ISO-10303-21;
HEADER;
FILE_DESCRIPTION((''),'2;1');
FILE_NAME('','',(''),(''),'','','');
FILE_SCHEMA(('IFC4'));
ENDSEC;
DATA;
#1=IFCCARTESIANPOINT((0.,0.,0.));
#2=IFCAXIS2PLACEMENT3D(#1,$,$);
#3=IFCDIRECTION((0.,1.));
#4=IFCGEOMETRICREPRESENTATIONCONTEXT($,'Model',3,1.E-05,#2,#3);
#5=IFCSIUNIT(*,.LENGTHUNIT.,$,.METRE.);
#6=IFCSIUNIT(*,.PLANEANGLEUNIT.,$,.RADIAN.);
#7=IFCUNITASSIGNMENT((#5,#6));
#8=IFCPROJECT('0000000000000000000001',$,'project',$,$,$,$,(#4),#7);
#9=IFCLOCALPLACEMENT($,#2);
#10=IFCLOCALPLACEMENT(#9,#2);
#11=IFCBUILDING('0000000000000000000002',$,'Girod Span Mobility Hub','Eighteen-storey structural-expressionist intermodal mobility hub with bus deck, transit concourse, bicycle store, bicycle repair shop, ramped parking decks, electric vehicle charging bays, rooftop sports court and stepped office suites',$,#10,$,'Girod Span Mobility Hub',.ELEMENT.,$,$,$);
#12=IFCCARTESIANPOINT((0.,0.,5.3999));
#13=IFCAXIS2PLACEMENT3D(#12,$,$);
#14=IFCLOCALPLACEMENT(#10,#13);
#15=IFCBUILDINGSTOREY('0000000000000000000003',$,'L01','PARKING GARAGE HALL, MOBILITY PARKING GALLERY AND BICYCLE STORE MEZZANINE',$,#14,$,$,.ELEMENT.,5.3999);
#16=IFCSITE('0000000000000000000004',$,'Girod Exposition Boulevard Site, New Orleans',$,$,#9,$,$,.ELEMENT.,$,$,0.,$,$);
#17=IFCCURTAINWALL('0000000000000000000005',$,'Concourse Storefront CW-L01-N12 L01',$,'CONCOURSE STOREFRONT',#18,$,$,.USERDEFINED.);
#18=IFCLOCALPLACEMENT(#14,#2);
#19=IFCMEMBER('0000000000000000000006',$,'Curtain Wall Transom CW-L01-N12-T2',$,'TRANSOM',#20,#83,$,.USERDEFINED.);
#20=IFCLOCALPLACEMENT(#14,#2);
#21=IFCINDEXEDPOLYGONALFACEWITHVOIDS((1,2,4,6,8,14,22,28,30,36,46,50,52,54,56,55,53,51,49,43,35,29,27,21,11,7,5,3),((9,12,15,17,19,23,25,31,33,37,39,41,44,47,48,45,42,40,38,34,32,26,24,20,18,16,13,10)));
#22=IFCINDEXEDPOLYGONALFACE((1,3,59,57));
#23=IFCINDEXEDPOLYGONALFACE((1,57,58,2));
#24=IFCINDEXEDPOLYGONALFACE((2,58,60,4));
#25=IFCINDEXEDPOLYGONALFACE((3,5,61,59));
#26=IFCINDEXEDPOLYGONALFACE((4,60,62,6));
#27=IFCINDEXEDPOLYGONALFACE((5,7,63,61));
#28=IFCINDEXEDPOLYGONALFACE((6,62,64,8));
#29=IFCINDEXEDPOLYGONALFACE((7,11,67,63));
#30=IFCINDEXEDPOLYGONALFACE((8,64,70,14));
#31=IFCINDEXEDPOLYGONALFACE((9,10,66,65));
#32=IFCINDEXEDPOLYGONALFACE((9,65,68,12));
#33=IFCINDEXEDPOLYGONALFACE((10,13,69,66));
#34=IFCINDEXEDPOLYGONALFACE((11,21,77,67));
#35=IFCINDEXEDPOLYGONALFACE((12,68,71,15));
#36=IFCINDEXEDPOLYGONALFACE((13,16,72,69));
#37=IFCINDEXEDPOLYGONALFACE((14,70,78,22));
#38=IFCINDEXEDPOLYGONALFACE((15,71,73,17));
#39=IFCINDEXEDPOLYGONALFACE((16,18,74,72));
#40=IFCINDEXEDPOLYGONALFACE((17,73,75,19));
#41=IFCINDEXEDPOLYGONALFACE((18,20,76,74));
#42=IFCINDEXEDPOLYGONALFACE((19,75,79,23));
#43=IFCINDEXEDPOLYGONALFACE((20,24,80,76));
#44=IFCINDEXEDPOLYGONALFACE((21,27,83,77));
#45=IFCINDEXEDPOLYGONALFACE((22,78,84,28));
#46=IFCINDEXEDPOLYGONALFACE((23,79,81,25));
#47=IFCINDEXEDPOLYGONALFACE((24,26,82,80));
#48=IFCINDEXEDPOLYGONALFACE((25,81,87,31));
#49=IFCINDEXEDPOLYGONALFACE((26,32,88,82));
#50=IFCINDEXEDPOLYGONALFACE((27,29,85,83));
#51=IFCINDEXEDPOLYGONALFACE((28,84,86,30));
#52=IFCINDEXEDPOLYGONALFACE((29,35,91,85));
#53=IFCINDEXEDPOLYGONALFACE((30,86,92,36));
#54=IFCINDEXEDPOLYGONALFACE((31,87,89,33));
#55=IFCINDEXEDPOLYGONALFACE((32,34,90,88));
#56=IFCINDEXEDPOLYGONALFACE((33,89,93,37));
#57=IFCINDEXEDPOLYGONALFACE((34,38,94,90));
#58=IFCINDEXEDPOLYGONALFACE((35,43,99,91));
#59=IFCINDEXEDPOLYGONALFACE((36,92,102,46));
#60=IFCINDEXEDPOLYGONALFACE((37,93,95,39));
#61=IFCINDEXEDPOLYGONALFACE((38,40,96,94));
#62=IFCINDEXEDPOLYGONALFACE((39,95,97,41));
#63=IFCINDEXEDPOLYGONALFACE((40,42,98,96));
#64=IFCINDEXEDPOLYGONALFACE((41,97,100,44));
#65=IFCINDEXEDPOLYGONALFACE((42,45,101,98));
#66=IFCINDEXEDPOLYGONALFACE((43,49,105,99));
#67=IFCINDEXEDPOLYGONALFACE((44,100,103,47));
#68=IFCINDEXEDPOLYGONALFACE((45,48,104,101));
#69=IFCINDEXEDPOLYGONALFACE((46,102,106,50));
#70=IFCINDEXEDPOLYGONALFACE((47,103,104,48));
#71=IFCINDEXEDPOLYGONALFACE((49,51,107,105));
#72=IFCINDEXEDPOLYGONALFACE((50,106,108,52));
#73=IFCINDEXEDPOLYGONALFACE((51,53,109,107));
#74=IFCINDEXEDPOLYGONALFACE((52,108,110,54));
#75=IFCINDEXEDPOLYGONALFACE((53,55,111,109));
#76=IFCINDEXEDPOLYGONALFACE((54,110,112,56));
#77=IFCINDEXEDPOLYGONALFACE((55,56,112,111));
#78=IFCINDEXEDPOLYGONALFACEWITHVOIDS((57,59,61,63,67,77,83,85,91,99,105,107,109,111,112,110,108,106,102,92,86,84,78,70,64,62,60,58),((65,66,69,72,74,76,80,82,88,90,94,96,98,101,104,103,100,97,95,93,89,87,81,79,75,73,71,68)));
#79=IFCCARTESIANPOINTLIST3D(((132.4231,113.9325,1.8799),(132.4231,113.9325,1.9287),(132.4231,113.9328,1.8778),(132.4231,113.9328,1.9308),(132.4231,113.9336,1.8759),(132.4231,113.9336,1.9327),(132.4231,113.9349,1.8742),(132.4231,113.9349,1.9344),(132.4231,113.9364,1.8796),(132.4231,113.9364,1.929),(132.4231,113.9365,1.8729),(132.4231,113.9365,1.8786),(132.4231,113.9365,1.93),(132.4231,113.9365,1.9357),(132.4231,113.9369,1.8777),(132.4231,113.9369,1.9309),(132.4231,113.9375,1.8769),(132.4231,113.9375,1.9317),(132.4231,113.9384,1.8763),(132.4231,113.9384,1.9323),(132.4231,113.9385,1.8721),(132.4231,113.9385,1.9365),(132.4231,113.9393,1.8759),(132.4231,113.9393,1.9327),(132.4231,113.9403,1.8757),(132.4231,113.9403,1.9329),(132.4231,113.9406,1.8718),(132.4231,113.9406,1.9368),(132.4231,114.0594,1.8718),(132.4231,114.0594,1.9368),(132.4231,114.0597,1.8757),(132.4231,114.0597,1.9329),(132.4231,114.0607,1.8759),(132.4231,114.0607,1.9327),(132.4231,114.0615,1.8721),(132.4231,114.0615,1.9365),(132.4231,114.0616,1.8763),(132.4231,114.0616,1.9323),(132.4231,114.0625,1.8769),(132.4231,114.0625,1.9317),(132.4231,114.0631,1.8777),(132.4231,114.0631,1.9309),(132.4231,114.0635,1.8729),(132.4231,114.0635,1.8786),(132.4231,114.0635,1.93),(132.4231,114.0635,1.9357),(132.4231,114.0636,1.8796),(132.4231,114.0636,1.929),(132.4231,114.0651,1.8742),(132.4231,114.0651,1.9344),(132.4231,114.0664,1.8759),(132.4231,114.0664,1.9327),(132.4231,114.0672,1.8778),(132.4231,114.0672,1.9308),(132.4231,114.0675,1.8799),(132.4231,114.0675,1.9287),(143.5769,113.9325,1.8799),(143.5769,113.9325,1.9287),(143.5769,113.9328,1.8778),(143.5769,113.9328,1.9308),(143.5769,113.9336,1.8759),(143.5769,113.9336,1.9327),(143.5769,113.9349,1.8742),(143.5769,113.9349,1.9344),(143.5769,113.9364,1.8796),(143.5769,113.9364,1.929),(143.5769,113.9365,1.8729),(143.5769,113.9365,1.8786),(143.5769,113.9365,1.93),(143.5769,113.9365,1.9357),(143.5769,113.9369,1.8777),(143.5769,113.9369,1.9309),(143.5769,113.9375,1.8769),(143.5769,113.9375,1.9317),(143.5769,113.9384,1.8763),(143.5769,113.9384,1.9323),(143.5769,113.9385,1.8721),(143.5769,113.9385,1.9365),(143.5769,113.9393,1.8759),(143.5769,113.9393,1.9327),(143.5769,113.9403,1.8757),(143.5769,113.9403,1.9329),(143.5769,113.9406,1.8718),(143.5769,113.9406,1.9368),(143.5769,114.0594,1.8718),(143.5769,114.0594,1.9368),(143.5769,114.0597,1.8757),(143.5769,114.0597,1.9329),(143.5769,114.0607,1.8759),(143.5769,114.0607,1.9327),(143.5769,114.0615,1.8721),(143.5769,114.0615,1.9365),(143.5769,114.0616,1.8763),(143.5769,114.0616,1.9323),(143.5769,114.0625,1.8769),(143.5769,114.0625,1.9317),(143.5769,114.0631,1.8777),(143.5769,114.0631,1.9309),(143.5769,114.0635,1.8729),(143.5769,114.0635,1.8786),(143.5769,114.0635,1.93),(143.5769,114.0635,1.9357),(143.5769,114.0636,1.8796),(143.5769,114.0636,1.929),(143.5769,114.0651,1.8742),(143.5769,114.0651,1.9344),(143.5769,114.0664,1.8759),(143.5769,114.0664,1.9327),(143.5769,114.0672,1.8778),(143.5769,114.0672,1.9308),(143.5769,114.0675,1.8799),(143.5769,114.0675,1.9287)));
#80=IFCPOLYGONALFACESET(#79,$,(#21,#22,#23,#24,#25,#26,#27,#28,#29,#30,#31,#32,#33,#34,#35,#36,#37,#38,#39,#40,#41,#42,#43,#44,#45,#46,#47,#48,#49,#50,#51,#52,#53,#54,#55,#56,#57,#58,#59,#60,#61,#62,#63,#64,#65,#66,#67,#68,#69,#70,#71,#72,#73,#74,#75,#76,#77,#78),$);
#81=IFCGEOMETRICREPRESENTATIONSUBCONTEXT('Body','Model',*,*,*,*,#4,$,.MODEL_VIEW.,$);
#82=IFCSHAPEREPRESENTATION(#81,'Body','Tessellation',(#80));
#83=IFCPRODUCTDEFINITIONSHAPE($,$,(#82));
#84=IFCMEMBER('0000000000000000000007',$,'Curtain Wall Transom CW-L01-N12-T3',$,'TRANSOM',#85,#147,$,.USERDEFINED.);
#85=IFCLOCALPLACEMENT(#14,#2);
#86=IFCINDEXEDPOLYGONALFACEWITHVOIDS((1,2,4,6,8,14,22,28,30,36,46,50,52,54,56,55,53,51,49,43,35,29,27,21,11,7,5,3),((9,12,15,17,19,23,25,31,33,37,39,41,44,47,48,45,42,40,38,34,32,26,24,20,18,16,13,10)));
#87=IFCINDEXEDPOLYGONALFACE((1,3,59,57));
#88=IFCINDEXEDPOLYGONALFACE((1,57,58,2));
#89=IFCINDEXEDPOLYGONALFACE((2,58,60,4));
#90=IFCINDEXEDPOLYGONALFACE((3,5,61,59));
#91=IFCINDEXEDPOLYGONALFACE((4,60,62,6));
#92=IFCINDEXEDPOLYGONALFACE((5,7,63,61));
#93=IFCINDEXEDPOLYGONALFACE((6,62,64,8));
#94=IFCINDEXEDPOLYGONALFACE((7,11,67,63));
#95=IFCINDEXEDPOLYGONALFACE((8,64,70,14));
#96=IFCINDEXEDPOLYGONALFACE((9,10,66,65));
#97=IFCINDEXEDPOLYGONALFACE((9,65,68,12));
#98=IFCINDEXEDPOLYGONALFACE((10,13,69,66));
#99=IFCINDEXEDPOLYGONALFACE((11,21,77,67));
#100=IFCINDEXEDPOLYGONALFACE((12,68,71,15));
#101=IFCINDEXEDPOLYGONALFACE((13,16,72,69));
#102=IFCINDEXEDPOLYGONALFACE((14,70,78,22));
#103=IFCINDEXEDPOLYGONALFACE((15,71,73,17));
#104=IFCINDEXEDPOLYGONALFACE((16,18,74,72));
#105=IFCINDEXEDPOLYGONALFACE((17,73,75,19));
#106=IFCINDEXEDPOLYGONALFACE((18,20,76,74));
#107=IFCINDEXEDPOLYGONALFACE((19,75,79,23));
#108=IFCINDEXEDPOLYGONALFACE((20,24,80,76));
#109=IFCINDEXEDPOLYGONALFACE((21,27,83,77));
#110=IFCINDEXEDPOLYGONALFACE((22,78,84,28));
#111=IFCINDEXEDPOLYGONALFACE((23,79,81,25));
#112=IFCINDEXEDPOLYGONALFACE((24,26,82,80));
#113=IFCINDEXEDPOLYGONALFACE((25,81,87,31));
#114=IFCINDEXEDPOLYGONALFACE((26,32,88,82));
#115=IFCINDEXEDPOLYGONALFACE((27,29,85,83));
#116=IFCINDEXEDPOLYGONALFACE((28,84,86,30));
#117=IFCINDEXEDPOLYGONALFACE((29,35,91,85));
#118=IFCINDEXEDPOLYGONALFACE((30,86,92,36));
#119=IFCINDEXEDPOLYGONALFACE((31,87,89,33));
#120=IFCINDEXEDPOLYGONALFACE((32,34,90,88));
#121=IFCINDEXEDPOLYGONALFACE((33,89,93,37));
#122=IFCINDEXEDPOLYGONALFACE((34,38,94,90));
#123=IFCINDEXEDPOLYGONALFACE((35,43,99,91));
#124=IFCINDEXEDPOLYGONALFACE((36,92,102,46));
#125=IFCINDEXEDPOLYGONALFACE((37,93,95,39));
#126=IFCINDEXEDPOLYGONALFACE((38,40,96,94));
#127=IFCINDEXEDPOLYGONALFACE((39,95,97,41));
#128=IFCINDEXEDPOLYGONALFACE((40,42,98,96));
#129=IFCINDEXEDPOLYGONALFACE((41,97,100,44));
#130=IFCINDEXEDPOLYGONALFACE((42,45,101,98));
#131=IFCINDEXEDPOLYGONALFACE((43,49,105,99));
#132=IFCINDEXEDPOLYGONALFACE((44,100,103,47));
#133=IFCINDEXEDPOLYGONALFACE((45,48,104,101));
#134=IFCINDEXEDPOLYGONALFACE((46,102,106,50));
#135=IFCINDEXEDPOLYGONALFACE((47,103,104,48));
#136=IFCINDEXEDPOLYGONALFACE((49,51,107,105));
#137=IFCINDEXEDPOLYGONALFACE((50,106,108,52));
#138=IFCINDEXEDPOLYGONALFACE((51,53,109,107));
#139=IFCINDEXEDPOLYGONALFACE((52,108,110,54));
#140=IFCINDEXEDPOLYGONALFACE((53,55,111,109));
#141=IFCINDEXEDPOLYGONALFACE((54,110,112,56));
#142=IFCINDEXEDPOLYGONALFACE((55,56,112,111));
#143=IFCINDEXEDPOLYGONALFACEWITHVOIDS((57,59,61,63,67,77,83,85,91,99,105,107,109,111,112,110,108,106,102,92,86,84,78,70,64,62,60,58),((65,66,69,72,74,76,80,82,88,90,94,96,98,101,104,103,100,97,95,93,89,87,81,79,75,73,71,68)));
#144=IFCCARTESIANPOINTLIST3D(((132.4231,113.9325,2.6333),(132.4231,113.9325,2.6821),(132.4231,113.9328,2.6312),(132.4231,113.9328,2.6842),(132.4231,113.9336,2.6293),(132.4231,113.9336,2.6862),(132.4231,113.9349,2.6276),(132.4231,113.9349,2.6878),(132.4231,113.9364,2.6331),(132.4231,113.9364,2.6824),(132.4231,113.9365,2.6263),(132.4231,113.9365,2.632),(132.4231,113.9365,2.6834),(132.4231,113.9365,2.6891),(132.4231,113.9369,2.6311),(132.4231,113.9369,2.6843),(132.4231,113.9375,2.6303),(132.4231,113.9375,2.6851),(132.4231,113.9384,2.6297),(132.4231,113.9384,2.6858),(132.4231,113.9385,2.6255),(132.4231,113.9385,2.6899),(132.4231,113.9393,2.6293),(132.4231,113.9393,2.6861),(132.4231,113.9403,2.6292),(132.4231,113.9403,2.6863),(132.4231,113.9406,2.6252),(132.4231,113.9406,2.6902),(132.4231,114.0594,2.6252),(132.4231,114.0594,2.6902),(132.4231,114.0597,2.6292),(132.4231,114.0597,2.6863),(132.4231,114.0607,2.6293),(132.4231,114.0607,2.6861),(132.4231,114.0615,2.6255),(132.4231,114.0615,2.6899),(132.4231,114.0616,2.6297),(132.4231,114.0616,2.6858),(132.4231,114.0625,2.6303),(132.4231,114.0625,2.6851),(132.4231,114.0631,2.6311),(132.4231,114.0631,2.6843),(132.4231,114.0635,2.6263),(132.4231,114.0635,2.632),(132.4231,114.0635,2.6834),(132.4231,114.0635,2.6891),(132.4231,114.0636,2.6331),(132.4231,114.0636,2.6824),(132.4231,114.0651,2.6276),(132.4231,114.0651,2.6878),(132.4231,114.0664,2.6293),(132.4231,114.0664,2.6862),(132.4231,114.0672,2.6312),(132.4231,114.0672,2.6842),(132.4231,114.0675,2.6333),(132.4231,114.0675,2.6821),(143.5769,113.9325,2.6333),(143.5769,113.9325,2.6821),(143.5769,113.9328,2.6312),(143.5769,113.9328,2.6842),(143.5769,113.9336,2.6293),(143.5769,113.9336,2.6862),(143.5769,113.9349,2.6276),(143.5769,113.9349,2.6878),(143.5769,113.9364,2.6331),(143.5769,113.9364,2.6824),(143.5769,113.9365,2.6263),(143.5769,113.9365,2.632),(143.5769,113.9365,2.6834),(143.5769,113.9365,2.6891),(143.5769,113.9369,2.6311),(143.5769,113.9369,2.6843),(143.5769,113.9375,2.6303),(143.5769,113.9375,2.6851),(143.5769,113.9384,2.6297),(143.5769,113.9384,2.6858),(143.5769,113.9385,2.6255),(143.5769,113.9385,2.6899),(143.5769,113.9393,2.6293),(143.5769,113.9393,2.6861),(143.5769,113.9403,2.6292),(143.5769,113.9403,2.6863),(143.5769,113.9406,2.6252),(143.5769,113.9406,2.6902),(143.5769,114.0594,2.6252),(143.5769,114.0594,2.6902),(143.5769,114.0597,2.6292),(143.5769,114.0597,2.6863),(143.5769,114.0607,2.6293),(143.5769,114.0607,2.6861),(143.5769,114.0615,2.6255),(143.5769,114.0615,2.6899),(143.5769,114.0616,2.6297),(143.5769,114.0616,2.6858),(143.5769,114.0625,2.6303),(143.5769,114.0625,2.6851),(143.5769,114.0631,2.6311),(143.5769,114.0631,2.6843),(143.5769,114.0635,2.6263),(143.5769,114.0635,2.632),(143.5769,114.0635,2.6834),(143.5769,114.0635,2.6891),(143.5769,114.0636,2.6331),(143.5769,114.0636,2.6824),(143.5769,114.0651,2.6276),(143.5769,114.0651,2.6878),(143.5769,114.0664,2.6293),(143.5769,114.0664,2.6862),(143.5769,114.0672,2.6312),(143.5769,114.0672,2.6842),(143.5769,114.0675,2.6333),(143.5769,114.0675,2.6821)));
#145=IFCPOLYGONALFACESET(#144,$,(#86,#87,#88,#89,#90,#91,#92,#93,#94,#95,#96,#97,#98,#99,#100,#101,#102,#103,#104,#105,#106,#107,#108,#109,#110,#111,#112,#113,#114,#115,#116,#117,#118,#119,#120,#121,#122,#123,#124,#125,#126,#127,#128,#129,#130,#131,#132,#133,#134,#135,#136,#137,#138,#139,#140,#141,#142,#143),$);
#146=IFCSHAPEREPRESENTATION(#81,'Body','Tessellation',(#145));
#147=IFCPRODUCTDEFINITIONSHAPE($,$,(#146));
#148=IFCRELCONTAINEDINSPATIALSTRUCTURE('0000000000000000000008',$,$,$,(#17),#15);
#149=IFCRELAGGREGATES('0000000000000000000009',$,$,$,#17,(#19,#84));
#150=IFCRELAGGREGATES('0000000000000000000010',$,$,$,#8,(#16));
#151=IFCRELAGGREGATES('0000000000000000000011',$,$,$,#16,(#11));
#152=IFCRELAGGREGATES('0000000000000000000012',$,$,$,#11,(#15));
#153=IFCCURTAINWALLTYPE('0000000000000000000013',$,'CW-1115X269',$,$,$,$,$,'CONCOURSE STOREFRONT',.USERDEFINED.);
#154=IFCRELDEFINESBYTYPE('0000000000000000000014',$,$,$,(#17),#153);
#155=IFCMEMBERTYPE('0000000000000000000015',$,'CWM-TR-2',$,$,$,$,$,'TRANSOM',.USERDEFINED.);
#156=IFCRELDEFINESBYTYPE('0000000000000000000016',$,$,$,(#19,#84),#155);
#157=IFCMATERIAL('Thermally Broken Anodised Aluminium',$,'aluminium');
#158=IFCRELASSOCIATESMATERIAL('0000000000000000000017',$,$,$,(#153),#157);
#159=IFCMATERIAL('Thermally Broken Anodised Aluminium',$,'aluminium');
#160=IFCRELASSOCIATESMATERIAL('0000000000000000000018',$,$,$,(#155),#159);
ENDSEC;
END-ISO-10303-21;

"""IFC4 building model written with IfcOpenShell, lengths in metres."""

from ifc_helpers import new_model, si_unit, direction, frame, origin, origin_2d, place, context, subcontext, project, spatial, hollow_rectangle, extrude, material, material_profile, profile_set, type_object, element, aggregate, save


model = new_model("IFC4")

# Units and contexts
model_context = context("Model", 3, precision=1e-05, world=origin(), true_north=direction((0.0, 1.0)))
body_context = subcontext(model_context, "Body", "Model", "MODEL_VIEW")
ifc_project = project(units=[si_unit("LENGTHUNIT", "METRE"), si_unit("PLANEANGLEUNIT", "RADIAN")], contexts=[model_context])

# Site, building, storey
site_placement = place(None, origin())
site = spatial("IfcSite", under=ifc_project, at=site_placement, Name="Girod Exposition Boulevard Site, New Orleans", CompositionType="ELEMENT", RefElevation=0.0)
building_placement = place(site_placement, origin())
building = spatial("IfcBuilding", under=site, at=building_placement, Name="Girod Span Mobility Hub", Description="Eighteen-storey structural-expressionist intermodal mobility hub with bus deck, transit concourse, bicycle store, bicycle repair shop, ramped parking decks, electric vehicle charging bays, rooftop sports court and stepped office suites", LongName="Girod Span Mobility Hub", CompositionType="ELEMENT")
storey_placement = place(building_placement, frame((0.0, 0.0, 5.3999)))
storey = spatial("IfcBuildingStorey", under=building, at=storey_placement, Name="L01", Description="PARKING GARAGE HALL, MOBILITY PARKING GALLERY AND BICYCLE STORE MEZZANINE", CompositionType="ELEMENT", Elevation=5.3999)

# Curtain wall, members
ifc_material_1 = material(Name="Thermally Broken Anodised Aluminium", Category="aluminium")
curtain_wall_type = type_object("IfcCurtainWallType", Name="CW-1115X269", ElementType="CONCOURSE STOREFRONT", PredefinedType="USERDEFINED", material=ifc_material_1)
curtain_wall_placement = place(storey_placement, origin())
curtain_wall = element("IfcCurtainWall", 1, at=curtain_wall_placement, inside=storey, type_object=curtain_wall_type, Name="Concourse Storefront CW-L01-N12 L01", ObjectType="CONCOURSE STOREFRONT", PredefinedType="USERDEFINED")
ifc_material_2 = material(Name="Thermally Broken Anodised Aluminium", Category="aluminium")
ifc_material_profile_1 = material_profile(ifc_material_2, hollow_rectangle(XDim=0.135, YDim=0.0649, WallThickness=0.0039, InnerFilletRadius=0.0039, OuterFilletRadius=0.0081, at=origin_2d()), Name="CW-TR-65X135")
ifc_profile_set_1 = profile_set([ifc_material_profile_1], Name="Thermally Broken Anodised Aluminium")
member_type_1 = type_object("IfcMemberType", Name="CWM-TR-2", ElementType="TRANSOM", PredefinedType="USERDEFINED", material=ifc_profile_set_1)
member_1_placement = place(storey_placement, frame((132.4231, 114.0, 1.9043), z_axis=(1.0, 0.0, 0.0), x_axis=(0.0, 1.0, 0.0)))
member_1 = element("IfcMember", 2, at=member_1_placement, type_object=member_type_1, Name="Curtain Wall Transom CW-L01-N12-T2", ObjectType="TRANSOM", PredefinedType="USERDEFINED", context=body_context, shape_type="SweptSolid", body=[
    extrude(hollow_rectangle(XDim=0.135, YDim=0.0649, WallThickness=0.0039, InnerFilletRadius=0.0039, OuterFilletRadius=0.0081, at=origin_2d()), origin(), (0.0, 0.0, 1.0), 11.1538),
])
member_2_placement = place(storey_placement, frame((132.4231, 114.0, 2.6577), z_axis=(1.0, 0.0, 0.0), x_axis=(0.0, 1.0, 0.0)))
member_2 = element("IfcMember", 3, at=member_2_placement, type_object=member_type_1, Name="Curtain Wall Transom CW-L01-N12-T3", ObjectType="TRANSOM", PredefinedType="USERDEFINED", context=body_context, shape_type="SweptSolid", body=[
    extrude(hollow_rectangle(XDim=0.135, YDim=0.0649, WallThickness=0.0039, InnerFilletRadius=0.0039, OuterFilletRadius=0.0081, at=origin_2d()), origin(), (0.0, 0.0, 1.0), 11.1538),
])

aggregate(curtain_wall, [member_1, member_2])

save(model, "model.ifc")
